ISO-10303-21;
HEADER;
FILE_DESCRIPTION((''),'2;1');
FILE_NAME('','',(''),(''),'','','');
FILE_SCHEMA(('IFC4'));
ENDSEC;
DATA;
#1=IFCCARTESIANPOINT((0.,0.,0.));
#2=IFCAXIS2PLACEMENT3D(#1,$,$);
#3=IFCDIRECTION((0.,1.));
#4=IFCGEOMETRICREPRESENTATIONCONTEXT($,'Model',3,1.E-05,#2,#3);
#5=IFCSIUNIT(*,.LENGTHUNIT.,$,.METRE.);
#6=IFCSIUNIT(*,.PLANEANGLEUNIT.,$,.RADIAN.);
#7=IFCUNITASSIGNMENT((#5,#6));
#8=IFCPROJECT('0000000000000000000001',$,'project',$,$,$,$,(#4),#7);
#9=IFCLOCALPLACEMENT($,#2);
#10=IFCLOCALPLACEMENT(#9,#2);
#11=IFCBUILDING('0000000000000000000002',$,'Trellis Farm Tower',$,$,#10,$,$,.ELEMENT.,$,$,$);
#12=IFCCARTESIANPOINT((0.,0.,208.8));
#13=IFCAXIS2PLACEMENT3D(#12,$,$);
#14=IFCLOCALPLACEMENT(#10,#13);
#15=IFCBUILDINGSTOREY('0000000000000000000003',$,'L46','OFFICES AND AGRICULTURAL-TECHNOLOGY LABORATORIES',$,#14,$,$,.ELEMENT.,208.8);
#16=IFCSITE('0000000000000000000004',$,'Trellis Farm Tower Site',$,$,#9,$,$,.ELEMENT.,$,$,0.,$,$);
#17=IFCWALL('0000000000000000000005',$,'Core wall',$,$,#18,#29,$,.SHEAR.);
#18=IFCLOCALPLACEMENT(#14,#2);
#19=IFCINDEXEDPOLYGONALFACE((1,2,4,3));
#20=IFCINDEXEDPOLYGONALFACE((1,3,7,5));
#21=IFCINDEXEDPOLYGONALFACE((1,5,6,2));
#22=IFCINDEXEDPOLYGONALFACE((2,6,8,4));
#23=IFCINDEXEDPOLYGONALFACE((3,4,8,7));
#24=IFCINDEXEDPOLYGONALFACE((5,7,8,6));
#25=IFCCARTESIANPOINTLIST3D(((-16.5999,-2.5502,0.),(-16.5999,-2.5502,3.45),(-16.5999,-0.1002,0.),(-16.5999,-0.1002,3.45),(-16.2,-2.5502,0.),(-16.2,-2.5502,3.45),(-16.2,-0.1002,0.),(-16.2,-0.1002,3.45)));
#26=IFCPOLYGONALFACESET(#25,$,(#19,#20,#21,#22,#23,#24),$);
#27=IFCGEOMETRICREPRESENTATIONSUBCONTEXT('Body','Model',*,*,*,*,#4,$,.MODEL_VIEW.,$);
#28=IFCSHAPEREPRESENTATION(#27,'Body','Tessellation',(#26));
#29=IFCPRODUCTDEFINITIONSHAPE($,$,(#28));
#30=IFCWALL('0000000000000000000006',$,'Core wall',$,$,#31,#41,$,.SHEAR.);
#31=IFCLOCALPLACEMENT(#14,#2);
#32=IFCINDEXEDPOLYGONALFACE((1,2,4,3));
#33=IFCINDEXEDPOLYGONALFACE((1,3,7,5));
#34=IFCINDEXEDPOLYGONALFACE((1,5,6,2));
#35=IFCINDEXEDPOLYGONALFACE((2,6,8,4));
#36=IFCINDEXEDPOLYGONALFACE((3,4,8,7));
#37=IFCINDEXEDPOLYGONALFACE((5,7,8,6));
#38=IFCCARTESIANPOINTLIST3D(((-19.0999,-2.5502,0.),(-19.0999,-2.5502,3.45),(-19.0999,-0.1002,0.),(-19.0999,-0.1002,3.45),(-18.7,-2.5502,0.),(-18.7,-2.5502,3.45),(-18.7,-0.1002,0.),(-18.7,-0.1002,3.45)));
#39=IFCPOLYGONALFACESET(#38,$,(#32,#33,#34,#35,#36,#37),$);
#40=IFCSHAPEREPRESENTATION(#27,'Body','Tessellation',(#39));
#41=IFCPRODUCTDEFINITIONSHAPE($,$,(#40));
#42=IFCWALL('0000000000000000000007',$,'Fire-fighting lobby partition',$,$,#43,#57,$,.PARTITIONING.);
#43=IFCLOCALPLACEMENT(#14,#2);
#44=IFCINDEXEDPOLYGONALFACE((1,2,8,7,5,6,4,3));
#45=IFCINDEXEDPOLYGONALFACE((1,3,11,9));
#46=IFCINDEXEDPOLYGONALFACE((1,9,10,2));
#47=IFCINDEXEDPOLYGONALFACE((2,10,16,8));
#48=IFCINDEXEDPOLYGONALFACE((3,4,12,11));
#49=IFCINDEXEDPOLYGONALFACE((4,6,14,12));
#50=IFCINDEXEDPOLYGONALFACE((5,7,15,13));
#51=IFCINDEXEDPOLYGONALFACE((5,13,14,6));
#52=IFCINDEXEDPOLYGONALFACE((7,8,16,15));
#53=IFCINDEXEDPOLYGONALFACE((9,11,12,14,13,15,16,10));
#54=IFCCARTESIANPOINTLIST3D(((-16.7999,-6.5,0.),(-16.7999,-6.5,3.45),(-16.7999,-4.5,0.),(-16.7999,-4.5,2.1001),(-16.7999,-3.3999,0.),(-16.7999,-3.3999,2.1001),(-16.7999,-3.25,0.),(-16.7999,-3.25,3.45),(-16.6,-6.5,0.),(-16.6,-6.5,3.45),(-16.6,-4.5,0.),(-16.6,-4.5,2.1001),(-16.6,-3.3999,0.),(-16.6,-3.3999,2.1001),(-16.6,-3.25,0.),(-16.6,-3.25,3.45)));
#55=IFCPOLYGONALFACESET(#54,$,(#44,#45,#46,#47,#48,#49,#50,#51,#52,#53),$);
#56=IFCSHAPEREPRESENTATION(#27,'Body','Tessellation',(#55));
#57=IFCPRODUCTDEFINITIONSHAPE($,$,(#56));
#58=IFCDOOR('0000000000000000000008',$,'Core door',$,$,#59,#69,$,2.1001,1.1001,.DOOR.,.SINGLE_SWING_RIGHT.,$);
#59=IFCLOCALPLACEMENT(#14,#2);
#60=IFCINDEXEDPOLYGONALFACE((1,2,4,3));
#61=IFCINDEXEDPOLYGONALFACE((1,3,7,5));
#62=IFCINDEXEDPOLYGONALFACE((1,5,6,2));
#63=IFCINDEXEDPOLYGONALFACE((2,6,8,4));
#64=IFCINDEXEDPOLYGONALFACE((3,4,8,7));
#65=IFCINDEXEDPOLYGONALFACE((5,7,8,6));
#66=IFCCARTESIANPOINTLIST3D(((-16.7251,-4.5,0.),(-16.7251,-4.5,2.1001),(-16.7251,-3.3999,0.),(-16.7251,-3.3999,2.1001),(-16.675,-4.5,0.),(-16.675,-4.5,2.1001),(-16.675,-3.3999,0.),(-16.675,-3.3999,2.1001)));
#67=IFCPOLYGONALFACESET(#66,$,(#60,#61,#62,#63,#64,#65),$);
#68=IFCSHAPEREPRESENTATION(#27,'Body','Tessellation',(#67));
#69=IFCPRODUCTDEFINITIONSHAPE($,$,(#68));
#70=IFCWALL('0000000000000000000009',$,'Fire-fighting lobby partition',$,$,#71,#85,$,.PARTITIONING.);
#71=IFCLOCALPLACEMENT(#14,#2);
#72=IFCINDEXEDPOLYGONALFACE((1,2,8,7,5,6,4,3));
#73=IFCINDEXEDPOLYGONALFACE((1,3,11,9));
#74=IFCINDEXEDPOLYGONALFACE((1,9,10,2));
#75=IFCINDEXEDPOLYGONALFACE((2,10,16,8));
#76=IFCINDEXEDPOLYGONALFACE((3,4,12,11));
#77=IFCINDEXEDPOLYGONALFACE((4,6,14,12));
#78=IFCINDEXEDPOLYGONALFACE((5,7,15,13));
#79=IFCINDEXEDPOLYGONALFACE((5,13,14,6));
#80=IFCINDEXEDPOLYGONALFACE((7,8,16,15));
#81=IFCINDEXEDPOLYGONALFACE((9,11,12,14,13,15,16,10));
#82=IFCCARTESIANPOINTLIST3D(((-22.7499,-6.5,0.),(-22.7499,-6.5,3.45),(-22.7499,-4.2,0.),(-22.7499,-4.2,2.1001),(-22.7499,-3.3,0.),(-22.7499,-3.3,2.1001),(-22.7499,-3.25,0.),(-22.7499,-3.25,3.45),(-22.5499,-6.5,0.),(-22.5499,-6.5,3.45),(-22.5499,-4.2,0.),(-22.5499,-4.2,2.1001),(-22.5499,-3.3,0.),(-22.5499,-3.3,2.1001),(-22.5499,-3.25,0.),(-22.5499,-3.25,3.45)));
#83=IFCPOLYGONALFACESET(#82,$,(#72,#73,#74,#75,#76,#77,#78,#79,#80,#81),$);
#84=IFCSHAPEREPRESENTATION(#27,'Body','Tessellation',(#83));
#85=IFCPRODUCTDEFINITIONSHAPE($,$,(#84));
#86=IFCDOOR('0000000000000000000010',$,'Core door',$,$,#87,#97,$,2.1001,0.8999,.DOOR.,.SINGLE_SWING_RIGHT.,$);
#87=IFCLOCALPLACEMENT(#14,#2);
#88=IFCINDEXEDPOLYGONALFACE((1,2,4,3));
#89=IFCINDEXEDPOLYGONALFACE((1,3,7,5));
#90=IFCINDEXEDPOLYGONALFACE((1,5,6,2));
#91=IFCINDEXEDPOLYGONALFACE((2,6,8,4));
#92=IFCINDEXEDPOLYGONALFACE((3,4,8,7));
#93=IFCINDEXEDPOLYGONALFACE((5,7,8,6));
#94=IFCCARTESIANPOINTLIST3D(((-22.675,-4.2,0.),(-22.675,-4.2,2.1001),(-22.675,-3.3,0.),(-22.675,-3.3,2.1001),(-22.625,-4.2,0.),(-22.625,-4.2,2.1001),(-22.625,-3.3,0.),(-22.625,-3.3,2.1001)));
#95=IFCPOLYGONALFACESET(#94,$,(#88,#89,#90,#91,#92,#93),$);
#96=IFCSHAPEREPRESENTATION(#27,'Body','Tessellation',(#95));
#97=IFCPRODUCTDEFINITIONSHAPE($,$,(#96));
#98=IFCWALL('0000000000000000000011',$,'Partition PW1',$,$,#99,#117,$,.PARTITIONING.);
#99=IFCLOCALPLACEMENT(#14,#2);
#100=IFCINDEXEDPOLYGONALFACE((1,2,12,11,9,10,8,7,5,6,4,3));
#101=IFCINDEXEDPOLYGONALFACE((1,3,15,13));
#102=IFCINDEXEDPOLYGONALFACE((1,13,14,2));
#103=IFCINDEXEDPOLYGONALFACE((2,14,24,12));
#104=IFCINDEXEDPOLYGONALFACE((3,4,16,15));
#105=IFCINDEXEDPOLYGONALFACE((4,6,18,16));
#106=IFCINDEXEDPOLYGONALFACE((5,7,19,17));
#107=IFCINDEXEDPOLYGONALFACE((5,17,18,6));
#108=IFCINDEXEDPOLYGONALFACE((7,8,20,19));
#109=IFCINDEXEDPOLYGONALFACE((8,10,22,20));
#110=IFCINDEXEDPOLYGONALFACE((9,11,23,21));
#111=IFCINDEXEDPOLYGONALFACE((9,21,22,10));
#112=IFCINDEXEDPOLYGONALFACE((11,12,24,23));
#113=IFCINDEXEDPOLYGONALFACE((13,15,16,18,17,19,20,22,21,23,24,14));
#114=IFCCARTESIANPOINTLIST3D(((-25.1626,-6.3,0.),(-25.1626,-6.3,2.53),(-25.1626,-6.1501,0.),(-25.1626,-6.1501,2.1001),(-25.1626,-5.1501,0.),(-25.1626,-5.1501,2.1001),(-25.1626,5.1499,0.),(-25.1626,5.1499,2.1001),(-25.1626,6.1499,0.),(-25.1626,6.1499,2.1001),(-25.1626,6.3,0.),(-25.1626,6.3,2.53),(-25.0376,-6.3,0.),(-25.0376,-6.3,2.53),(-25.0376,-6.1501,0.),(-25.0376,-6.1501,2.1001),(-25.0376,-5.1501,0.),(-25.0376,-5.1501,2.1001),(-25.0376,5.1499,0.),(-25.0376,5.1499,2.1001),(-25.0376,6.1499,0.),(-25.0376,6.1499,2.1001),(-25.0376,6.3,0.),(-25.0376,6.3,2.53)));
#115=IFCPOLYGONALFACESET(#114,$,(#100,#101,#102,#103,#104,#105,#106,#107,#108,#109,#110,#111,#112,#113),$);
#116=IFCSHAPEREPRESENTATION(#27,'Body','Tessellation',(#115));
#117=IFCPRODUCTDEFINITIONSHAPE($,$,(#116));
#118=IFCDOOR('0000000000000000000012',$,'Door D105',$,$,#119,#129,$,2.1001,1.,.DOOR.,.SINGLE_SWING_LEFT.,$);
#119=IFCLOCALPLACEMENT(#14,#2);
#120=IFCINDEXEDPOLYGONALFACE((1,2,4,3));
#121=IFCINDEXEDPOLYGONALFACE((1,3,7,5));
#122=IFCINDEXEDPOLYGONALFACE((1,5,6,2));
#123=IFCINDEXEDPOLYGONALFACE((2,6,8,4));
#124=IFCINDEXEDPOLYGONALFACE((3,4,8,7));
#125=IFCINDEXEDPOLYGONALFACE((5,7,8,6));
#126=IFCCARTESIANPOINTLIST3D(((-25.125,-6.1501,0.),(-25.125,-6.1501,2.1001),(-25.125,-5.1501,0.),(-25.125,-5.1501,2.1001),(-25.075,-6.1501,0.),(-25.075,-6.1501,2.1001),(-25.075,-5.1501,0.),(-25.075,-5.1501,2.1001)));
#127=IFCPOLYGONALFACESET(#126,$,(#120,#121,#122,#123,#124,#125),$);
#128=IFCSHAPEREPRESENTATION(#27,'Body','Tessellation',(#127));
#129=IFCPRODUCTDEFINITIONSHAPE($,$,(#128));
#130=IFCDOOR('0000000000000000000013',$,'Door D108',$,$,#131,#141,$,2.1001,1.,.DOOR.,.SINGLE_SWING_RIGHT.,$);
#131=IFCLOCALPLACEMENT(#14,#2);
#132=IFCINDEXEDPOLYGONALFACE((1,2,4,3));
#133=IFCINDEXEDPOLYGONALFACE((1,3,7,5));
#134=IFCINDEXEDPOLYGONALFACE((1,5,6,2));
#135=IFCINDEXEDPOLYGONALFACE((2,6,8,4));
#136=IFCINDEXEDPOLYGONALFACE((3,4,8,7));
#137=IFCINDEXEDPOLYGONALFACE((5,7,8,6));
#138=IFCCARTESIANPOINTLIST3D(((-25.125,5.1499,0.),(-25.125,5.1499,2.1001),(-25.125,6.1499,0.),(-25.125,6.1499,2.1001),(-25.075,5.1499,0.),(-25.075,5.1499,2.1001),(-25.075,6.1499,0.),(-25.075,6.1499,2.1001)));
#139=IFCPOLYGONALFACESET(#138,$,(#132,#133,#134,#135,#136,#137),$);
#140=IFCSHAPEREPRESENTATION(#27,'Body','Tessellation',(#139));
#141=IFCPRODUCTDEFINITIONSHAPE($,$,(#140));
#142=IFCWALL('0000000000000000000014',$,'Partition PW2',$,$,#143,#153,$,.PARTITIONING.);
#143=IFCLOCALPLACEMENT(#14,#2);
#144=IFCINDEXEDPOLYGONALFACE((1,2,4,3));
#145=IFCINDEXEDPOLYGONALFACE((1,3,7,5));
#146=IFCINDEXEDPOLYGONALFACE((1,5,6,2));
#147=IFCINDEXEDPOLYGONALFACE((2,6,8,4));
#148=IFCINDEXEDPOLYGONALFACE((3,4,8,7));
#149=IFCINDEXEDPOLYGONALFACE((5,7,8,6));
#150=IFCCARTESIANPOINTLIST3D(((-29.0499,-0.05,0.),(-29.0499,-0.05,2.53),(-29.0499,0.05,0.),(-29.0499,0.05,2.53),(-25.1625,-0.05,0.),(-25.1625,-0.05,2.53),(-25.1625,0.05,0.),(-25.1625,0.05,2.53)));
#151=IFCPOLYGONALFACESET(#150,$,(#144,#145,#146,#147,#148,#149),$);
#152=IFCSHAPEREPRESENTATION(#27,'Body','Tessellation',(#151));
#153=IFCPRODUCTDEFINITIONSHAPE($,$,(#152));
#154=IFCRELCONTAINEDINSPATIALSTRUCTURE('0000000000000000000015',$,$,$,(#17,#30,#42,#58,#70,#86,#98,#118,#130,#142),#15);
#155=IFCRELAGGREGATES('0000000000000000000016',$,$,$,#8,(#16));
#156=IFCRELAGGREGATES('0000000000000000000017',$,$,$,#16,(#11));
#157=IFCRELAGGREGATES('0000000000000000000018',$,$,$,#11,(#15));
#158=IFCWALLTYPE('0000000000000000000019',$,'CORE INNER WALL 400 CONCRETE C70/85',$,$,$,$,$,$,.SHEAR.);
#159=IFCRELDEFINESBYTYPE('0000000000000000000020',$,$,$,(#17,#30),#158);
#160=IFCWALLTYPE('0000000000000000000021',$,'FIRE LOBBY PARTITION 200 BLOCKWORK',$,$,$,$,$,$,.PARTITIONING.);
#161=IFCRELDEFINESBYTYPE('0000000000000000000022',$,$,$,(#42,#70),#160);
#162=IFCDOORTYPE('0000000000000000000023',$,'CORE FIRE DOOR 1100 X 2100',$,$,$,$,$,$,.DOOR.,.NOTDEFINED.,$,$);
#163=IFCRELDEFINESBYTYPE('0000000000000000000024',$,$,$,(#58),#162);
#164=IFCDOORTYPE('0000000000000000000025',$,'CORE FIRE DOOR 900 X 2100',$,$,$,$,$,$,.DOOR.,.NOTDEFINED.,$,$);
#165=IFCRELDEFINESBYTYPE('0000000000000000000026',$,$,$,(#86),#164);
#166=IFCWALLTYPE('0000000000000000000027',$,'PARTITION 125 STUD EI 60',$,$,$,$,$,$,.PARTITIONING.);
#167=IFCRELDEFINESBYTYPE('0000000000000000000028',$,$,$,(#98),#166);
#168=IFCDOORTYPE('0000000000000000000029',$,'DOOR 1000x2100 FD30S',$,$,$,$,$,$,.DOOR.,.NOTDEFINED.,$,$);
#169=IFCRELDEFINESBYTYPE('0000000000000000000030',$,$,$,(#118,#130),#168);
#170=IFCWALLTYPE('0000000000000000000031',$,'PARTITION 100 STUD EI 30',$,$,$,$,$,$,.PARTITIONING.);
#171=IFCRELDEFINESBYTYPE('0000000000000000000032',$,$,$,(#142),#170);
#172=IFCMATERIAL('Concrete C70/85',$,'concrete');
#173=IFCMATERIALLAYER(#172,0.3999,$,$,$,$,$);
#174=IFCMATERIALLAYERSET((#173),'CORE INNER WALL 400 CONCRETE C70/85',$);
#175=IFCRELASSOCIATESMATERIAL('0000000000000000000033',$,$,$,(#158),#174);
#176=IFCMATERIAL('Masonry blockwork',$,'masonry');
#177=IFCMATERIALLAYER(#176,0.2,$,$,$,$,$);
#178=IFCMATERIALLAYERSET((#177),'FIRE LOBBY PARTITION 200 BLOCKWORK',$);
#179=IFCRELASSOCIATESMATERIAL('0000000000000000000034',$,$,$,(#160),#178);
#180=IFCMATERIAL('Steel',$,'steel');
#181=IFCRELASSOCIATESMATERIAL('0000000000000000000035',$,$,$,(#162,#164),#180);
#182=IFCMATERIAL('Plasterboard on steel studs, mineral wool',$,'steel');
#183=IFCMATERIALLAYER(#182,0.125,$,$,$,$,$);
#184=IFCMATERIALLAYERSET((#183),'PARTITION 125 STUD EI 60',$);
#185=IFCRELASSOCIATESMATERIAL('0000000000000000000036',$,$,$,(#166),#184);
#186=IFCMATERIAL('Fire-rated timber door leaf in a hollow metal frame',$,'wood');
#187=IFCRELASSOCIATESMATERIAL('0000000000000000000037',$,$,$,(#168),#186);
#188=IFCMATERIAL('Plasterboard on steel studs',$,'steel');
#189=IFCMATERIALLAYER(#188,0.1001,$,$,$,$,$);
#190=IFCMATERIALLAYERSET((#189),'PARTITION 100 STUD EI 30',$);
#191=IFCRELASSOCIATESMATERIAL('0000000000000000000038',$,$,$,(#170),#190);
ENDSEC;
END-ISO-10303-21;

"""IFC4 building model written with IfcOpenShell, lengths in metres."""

from ifc_helpers import new_model, si_unit, direction, frame, frame_2d, origin, place, context, subcontext, project, spatial, rectangle, extrude, source, transform, mapped, material, layer, layer_set, type_object, element, fill, save


model = new_model("IFC4")

# Units and contexts
model_context = context("Model", 3, precision=1e-05, world=origin(), true_north=direction((0.0, 1.0)))
body_context = subcontext(model_context, "Body", "Model", "MODEL_VIEW")
ifc_project = project(units=[si_unit("LENGTHUNIT", "METRE"), si_unit("PLANEANGLEUNIT", "RADIAN")], contexts=[model_context])

# Site, building, storey
site_placement = place(None, origin())
site = spatial("IfcSite", under=ifc_project, at=site_placement, Name="Trellis Farm Tower Site", CompositionType="ELEMENT", RefElevation=0.0)
building_placement = place(site_placement, origin())
building = spatial("IfcBuilding", under=site, at=building_placement, Name="Trellis Farm Tower", CompositionType="ELEMENT")
storey_placement = place(building_placement, frame((0.0, 0.0, 208.8)))
storey = spatial("IfcBuildingStorey", under=building, at=storey_placement, Name="L46", Description="OFFICES AND AGRICULTURAL-TECHNOLOGY LABORATORIES", CompositionType="ELEMENT", Elevation=208.8)

# Shared definitions
ifc_material_1 = material(Name="Concrete C70/85", Category="concrete")

# Walls
ifc_layer_1 = layer(ifc_material_1, 0.3999)
ifc_layer_set_1 = layer_set([ifc_layer_1], Name="CORE INNER WALL 400 CONCRETE C70/85")
wall_type_1 = type_object("IfcWallType", Name="CORE INNER WALL 400 CONCRETE C70/85", PredefinedType="SHEAR", material=ifc_layer_set_1)
shared_shape_1 = source(origin(), body_context, "Body", "SweptSolid", [
    extrude(rectangle(XDim=2.45, YDim=0.3999, at=frame_2d((1.2251, 0.0))), origin(), (0.0, 0.0, 1.0), 3.45),
])
for number, where, z_axis, x_axis, name in (
    (1, (-16.3999, -0.1001, 0.0), (0.0, 0.0, 1.0), (0.0, -1.0, 0.0), "Core wall"),
    (2, (-18.8999, -0.1001, 0.0), (0.0, 0.0, 1.0), (0.0, -1.0, 0.0), "Core wall"),
):
    element("IfcWall", number, at=place(storey_placement, frame(where, z_axis=z_axis, x_axis=x_axis)), inside=storey, type_object=wall_type_1, Name=name, PredefinedType="SHEAR", context=body_context, shape_type="MappedRepresentation", body=[
        mapped(shared_shape_1, transform((0.0, 0.0, 0.0))),
    ])

# Walls, openings, doors
ifc_material_2 = material(Name="Masonry blockwork", Category="masonry")
ifc_layer_2 = layer(ifc_material_2, 0.2)
ifc_layer_set_2 = layer_set([ifc_layer_2], Name="FIRE LOBBY PARTITION 200 BLOCKWORK")
wall_type_2 = type_object("IfcWallType", Name="FIRE LOBBY PARTITION 200 BLOCKWORK", PredefinedType="PARTITIONING", material=ifc_layer_set_2)
shared_shape_2 = source(origin(), body_context, "Body", "SweptSolid", [
    extrude(rectangle(XDim=3.25, YDim=0.2, at=frame_2d((1.625, 0.0))), origin(), (0.0, 0.0, 1.0), 3.45),
])
wall_1_placement = place(storey_placement, frame((-16.7, -3.25, 0.0), z_axis=(0.0, 0.0, 1.0), x_axis=(0.0, -1.0, 0.0)))
wall_1 = element("IfcWall", 3, at=wall_1_placement, inside=storey, type_object=wall_type_2, Name="Fire-fighting lobby partition", PredefinedType="PARTITIONING", context=body_context, shape_type="MappedRepresentation", body=[
    mapped(shared_shape_2, transform((0.0, 0.0, 0.0))),
])
shared_shape_3 = source(origin(), body_context, "Body", "SweptSolid", [
    extrude(rectangle(XDim=1.1001, YDim=2.1001, at=frame_2d((0.55, 1.05))), frame((0.0, 0.1101, 0.0), z_axis=(0.0, -1.0, 0.0), x_axis=(1.0, 0.0, 0.0)), (0.0, 0.0, 1.0), 0.2202),
])
opening_1_placement = place(wall_1_placement, frame((0.1499, 0.0, 0.0)))
opening_1 = element("IfcOpeningElement", 4, at=opening_1_placement, cuts=wall_1, PredefinedType="OPENING", context=body_context, shape_type="MappedRepresentation", body=[
    mapped(shared_shape_3, transform((0.0, 0.0, 0.0))),
])
ifc_material_3 = material(Name="Steel", Category="steel")
door_type_1 = type_object("IfcDoorType", Name="CORE FIRE DOOR 1100 X 2100", OperationType="NOTDEFINED", PredefinedType="DOOR", material=ifc_material_3)
shared_shape_4 = source(origin(), body_context, "Body", "SweptSolid", [
    extrude(rectangle(XDim=1.1001, YDim=2.1001, at=frame_2d((0.55, 1.05))), frame((0.0, 0.0249, 0.0), z_axis=(0.0, -1.0, 0.0), x_axis=(1.0, 0.0, 0.0)), (0.0, 0.0, 1.0), 0.05),
])
door_1_placement = place(opening_1_placement, origin())
door_1 = element("IfcDoor", 5, at=door_1_placement, inside=storey, type_object=door_type_1, Name="Core door", OperationType="SINGLE_SWING_RIGHT", OverallHeight=2.1001, OverallWidth=1.1001, PredefinedType="DOOR", context=body_context, shape_type="MappedRepresentation", body=[
    mapped(shared_shape_4, transform((0.0, 0.0, 0.0))),
])
fill(opening_1, door_1)
wall_2_placement = place(storey_placement, frame((-22.6499, -3.25, 0.0), z_axis=(0.0, 0.0, 1.0), x_axis=(0.0, -1.0, 0.0)))
wall_2 = element("IfcWall", 6, at=wall_2_placement, inside=storey, type_object=wall_type_2, Name="Fire-fighting lobby partition", PredefinedType="PARTITIONING", context=body_context, shape_type="MappedRepresentation", body=[
    mapped(shared_shape_2, transform((0.0, 0.0, 0.0))),
])
shared_shape_5 = source(origin(), body_context, "Body", "SweptSolid", [
    extrude(rectangle(XDim=0.8999, YDim=2.1001, at=frame_2d((0.45, 1.05))), frame((0.0, 0.1101, 0.0), z_axis=(0.0, -1.0, 0.0), x_axis=(1.0, 0.0, 0.0)), (0.0, 0.0, 1.0), 0.2202),
])
opening_2_placement = place(wall_2_placement, frame((0.05, 0.0, 0.0)))
opening_2 = element("IfcOpeningElement", 7, at=opening_2_placement, cuts=wall_2, PredefinedType="OPENING", context=body_context, shape_type="MappedRepresentation", body=[
    mapped(shared_shape_5, transform((0.0, 0.0, 0.0))),
])
door_type_2 = type_object("IfcDoorType", Name="CORE FIRE DOOR 900 X 2100", OperationType="NOTDEFINED", PredefinedType="DOOR", material=ifc_material_3)
shared_shape_6 = source(origin(), body_context, "Body", "SweptSolid", [
    extrude(rectangle(XDim=0.8999, YDim=2.1001, at=frame_2d((0.45, 1.05))), frame((0.0, 0.0249, 0.0), z_axis=(0.0, -1.0, 0.0), x_axis=(1.0, 0.0, 0.0)), (0.0, 0.0, 1.0), 0.05),
])
door_2_placement = place(opening_2_placement, origin())
door_2 = element("IfcDoor", 8, at=door_2_placement, inside=storey, type_object=door_type_2, Name="Core door", OperationType="SINGLE_SWING_RIGHT", OverallHeight=2.1001, OverallWidth=0.8999, PredefinedType="DOOR", context=body_context, shape_type="MappedRepresentation", body=[
    mapped(shared_shape_6, transform((0.0, 0.0, 0.0))),
])
fill(opening_2, door_2)

# Wall, openings, doors
ifc_material_4 = material(Name="Plasterboard on steel studs, mineral wool", Category="steel")
ifc_layer_3 = layer(ifc_material_4, 0.125)
ifc_layer_set_3 = layer_set([ifc_layer_3], Name="PARTITION 125 STUD EI 60")
wall_type_3 = type_object("IfcWallType", Name="PARTITION 125 STUD EI 60", PredefinedType="PARTITIONING", material=ifc_layer_set_3)
shared_shape_7 = source(origin(), body_context, "Body", "SweptSolid", [
    extrude(rectangle(XDim=12.6001, YDim=0.125, at=frame_2d((6.3, 0.0))), origin(), (0.0, 0.0, 1.0), 2.53),
])
wall_3_placement = place(storey_placement, frame((-25.1001, -6.3, 0.0), z_axis=(0.0, 0.0, 1.0), x_axis=(0.0, 1.0, 0.0)))
wall_3 = element("IfcWall", 9, at=wall_3_placement, inside=storey, type_object=wall_type_3, Name="Partition PW1", PredefinedType="PARTITIONING", context=body_context, shape_type="MappedRepresentation", body=[
    mapped(shared_shape_7, transform((0.0, 0.0, 0.0))),
])
shared_shape_8 = source(origin(), body_context, "Body", "SweptSolid", [
    extrude(rectangle(XDim=1.0, YDim=2.1001, at=frame_2d((0.5, 1.05))), frame((0.0, 0.0725, 0.0), z_axis=(0.0, -1.0, 0.0), x_axis=(1.0, 0.0, 0.0)), (0.0, 0.0, 1.0), 0.145),
])
opening_3_placement = place(wall_3_placement, frame((0.1499, 0.0, 0.0)))
opening_3 = element("IfcOpeningElement", 10, at=opening_3_placement, cuts=wall_3, PredefinedType="OPENING", context=body_context, shape_type="MappedRepresentation", body=[
    mapped(shared_shape_8, transform((0.0, 0.0, 0.0))),
])
opening_4_placement = place(wall_3_placement, frame((11.45, 0.0, 0.0)))
opening_4 = element("IfcOpeningElement", 11, at=opening_4_placement, cuts=wall_3, PredefinedType="OPENING", context=body_context, shape_type="MappedRepresentation", body=[
    mapped(shared_shape_8, transform((0.0, 0.0, 0.0))),
])
ifc_material_5 = material(Name="Fire-rated timber door leaf in a hollow metal frame", Category="wood")
door_type_3 = type_object("IfcDoorType", Name="DOOR 1000x2100 FD30S", OperationType="NOTDEFINED", PredefinedType="DOOR", material=ifc_material_5)
shared_shape_9 = source(origin(), body_context, "Body", "SweptSolid", [
    extrude(rectangle(XDim=1.0, YDim=2.1001, at=frame_2d((0.5, 1.05))), frame((0.0, 0.0249, 0.0), z_axis=(0.0, -1.0, 0.0), x_axis=(1.0, 0.0, 0.0)), (0.0, 0.0, 1.0), 0.05),
])
door_3_placement = place(opening_3_placement, origin())
door_3 = element("IfcDoor", 12, at=door_3_placement, inside=storey, type_object=door_type_3, Name="Door D105", OperationType="SINGLE_SWING_LEFT", OverallHeight=2.1001, OverallWidth=1.0, PredefinedType="DOOR", context=body_context, shape_type="MappedRepresentation", body=[
    mapped(shared_shape_9, transform((0.0, 0.0, 0.0))),
])
fill(opening_3, door_3)
door_4_placement = place(opening_4_placement, origin())
door_4 = element("IfcDoor", 13, at=door_4_placement, inside=storey, type_object=door_type_3, Name="Door D108", OperationType="SINGLE_SWING_RIGHT", OverallHeight=2.1001, OverallWidth=1.0, PredefinedType="DOOR", context=body_context, shape_type="MappedRepresentation", body=[
    mapped(shared_shape_9, transform((0.0, 0.0, 0.0))),
])
fill(opening_4, door_4)

# Wall
ifc_material_6 = material(Name="Plasterboard on steel studs", Category="steel")
ifc_layer_4 = layer(ifc_material_6, 0.1001)
ifc_layer_set_4 = layer_set([ifc_layer_4], Name="PARTITION 100 STUD EI 30")
wall_type_4 = type_object("IfcWallType", Name="PARTITION 100 STUD EI 30", PredefinedType="PARTITIONING", material=ifc_layer_set_4)
shared_shape_10 = source(origin(), body_context, "Body", "SweptSolid", [
    extrude(rectangle(XDim=3.8875, YDim=0.1001, at=frame_2d((1.9438, 0.0))), origin(), (0.0, 0.0, 1.0), 2.53),
])
wall_4_placement = place(storey_placement, frame((-29.05, 0.0, 0.0), z_axis=(0.0, 0.0, 1.0), x_axis=(1.0, 0.0, 0.0)))
element("IfcWall", 14, at=wall_4_placement, inside=storey, type_object=wall_type_4, Name="Partition PW2", PredefinedType="PARTITIONING", context=body_context, shape_type="MappedRepresentation", body=[
    mapped(shared_shape_10, transform((0.0, 0.0, 0.0))),
])

save(model, "model.ifc")
